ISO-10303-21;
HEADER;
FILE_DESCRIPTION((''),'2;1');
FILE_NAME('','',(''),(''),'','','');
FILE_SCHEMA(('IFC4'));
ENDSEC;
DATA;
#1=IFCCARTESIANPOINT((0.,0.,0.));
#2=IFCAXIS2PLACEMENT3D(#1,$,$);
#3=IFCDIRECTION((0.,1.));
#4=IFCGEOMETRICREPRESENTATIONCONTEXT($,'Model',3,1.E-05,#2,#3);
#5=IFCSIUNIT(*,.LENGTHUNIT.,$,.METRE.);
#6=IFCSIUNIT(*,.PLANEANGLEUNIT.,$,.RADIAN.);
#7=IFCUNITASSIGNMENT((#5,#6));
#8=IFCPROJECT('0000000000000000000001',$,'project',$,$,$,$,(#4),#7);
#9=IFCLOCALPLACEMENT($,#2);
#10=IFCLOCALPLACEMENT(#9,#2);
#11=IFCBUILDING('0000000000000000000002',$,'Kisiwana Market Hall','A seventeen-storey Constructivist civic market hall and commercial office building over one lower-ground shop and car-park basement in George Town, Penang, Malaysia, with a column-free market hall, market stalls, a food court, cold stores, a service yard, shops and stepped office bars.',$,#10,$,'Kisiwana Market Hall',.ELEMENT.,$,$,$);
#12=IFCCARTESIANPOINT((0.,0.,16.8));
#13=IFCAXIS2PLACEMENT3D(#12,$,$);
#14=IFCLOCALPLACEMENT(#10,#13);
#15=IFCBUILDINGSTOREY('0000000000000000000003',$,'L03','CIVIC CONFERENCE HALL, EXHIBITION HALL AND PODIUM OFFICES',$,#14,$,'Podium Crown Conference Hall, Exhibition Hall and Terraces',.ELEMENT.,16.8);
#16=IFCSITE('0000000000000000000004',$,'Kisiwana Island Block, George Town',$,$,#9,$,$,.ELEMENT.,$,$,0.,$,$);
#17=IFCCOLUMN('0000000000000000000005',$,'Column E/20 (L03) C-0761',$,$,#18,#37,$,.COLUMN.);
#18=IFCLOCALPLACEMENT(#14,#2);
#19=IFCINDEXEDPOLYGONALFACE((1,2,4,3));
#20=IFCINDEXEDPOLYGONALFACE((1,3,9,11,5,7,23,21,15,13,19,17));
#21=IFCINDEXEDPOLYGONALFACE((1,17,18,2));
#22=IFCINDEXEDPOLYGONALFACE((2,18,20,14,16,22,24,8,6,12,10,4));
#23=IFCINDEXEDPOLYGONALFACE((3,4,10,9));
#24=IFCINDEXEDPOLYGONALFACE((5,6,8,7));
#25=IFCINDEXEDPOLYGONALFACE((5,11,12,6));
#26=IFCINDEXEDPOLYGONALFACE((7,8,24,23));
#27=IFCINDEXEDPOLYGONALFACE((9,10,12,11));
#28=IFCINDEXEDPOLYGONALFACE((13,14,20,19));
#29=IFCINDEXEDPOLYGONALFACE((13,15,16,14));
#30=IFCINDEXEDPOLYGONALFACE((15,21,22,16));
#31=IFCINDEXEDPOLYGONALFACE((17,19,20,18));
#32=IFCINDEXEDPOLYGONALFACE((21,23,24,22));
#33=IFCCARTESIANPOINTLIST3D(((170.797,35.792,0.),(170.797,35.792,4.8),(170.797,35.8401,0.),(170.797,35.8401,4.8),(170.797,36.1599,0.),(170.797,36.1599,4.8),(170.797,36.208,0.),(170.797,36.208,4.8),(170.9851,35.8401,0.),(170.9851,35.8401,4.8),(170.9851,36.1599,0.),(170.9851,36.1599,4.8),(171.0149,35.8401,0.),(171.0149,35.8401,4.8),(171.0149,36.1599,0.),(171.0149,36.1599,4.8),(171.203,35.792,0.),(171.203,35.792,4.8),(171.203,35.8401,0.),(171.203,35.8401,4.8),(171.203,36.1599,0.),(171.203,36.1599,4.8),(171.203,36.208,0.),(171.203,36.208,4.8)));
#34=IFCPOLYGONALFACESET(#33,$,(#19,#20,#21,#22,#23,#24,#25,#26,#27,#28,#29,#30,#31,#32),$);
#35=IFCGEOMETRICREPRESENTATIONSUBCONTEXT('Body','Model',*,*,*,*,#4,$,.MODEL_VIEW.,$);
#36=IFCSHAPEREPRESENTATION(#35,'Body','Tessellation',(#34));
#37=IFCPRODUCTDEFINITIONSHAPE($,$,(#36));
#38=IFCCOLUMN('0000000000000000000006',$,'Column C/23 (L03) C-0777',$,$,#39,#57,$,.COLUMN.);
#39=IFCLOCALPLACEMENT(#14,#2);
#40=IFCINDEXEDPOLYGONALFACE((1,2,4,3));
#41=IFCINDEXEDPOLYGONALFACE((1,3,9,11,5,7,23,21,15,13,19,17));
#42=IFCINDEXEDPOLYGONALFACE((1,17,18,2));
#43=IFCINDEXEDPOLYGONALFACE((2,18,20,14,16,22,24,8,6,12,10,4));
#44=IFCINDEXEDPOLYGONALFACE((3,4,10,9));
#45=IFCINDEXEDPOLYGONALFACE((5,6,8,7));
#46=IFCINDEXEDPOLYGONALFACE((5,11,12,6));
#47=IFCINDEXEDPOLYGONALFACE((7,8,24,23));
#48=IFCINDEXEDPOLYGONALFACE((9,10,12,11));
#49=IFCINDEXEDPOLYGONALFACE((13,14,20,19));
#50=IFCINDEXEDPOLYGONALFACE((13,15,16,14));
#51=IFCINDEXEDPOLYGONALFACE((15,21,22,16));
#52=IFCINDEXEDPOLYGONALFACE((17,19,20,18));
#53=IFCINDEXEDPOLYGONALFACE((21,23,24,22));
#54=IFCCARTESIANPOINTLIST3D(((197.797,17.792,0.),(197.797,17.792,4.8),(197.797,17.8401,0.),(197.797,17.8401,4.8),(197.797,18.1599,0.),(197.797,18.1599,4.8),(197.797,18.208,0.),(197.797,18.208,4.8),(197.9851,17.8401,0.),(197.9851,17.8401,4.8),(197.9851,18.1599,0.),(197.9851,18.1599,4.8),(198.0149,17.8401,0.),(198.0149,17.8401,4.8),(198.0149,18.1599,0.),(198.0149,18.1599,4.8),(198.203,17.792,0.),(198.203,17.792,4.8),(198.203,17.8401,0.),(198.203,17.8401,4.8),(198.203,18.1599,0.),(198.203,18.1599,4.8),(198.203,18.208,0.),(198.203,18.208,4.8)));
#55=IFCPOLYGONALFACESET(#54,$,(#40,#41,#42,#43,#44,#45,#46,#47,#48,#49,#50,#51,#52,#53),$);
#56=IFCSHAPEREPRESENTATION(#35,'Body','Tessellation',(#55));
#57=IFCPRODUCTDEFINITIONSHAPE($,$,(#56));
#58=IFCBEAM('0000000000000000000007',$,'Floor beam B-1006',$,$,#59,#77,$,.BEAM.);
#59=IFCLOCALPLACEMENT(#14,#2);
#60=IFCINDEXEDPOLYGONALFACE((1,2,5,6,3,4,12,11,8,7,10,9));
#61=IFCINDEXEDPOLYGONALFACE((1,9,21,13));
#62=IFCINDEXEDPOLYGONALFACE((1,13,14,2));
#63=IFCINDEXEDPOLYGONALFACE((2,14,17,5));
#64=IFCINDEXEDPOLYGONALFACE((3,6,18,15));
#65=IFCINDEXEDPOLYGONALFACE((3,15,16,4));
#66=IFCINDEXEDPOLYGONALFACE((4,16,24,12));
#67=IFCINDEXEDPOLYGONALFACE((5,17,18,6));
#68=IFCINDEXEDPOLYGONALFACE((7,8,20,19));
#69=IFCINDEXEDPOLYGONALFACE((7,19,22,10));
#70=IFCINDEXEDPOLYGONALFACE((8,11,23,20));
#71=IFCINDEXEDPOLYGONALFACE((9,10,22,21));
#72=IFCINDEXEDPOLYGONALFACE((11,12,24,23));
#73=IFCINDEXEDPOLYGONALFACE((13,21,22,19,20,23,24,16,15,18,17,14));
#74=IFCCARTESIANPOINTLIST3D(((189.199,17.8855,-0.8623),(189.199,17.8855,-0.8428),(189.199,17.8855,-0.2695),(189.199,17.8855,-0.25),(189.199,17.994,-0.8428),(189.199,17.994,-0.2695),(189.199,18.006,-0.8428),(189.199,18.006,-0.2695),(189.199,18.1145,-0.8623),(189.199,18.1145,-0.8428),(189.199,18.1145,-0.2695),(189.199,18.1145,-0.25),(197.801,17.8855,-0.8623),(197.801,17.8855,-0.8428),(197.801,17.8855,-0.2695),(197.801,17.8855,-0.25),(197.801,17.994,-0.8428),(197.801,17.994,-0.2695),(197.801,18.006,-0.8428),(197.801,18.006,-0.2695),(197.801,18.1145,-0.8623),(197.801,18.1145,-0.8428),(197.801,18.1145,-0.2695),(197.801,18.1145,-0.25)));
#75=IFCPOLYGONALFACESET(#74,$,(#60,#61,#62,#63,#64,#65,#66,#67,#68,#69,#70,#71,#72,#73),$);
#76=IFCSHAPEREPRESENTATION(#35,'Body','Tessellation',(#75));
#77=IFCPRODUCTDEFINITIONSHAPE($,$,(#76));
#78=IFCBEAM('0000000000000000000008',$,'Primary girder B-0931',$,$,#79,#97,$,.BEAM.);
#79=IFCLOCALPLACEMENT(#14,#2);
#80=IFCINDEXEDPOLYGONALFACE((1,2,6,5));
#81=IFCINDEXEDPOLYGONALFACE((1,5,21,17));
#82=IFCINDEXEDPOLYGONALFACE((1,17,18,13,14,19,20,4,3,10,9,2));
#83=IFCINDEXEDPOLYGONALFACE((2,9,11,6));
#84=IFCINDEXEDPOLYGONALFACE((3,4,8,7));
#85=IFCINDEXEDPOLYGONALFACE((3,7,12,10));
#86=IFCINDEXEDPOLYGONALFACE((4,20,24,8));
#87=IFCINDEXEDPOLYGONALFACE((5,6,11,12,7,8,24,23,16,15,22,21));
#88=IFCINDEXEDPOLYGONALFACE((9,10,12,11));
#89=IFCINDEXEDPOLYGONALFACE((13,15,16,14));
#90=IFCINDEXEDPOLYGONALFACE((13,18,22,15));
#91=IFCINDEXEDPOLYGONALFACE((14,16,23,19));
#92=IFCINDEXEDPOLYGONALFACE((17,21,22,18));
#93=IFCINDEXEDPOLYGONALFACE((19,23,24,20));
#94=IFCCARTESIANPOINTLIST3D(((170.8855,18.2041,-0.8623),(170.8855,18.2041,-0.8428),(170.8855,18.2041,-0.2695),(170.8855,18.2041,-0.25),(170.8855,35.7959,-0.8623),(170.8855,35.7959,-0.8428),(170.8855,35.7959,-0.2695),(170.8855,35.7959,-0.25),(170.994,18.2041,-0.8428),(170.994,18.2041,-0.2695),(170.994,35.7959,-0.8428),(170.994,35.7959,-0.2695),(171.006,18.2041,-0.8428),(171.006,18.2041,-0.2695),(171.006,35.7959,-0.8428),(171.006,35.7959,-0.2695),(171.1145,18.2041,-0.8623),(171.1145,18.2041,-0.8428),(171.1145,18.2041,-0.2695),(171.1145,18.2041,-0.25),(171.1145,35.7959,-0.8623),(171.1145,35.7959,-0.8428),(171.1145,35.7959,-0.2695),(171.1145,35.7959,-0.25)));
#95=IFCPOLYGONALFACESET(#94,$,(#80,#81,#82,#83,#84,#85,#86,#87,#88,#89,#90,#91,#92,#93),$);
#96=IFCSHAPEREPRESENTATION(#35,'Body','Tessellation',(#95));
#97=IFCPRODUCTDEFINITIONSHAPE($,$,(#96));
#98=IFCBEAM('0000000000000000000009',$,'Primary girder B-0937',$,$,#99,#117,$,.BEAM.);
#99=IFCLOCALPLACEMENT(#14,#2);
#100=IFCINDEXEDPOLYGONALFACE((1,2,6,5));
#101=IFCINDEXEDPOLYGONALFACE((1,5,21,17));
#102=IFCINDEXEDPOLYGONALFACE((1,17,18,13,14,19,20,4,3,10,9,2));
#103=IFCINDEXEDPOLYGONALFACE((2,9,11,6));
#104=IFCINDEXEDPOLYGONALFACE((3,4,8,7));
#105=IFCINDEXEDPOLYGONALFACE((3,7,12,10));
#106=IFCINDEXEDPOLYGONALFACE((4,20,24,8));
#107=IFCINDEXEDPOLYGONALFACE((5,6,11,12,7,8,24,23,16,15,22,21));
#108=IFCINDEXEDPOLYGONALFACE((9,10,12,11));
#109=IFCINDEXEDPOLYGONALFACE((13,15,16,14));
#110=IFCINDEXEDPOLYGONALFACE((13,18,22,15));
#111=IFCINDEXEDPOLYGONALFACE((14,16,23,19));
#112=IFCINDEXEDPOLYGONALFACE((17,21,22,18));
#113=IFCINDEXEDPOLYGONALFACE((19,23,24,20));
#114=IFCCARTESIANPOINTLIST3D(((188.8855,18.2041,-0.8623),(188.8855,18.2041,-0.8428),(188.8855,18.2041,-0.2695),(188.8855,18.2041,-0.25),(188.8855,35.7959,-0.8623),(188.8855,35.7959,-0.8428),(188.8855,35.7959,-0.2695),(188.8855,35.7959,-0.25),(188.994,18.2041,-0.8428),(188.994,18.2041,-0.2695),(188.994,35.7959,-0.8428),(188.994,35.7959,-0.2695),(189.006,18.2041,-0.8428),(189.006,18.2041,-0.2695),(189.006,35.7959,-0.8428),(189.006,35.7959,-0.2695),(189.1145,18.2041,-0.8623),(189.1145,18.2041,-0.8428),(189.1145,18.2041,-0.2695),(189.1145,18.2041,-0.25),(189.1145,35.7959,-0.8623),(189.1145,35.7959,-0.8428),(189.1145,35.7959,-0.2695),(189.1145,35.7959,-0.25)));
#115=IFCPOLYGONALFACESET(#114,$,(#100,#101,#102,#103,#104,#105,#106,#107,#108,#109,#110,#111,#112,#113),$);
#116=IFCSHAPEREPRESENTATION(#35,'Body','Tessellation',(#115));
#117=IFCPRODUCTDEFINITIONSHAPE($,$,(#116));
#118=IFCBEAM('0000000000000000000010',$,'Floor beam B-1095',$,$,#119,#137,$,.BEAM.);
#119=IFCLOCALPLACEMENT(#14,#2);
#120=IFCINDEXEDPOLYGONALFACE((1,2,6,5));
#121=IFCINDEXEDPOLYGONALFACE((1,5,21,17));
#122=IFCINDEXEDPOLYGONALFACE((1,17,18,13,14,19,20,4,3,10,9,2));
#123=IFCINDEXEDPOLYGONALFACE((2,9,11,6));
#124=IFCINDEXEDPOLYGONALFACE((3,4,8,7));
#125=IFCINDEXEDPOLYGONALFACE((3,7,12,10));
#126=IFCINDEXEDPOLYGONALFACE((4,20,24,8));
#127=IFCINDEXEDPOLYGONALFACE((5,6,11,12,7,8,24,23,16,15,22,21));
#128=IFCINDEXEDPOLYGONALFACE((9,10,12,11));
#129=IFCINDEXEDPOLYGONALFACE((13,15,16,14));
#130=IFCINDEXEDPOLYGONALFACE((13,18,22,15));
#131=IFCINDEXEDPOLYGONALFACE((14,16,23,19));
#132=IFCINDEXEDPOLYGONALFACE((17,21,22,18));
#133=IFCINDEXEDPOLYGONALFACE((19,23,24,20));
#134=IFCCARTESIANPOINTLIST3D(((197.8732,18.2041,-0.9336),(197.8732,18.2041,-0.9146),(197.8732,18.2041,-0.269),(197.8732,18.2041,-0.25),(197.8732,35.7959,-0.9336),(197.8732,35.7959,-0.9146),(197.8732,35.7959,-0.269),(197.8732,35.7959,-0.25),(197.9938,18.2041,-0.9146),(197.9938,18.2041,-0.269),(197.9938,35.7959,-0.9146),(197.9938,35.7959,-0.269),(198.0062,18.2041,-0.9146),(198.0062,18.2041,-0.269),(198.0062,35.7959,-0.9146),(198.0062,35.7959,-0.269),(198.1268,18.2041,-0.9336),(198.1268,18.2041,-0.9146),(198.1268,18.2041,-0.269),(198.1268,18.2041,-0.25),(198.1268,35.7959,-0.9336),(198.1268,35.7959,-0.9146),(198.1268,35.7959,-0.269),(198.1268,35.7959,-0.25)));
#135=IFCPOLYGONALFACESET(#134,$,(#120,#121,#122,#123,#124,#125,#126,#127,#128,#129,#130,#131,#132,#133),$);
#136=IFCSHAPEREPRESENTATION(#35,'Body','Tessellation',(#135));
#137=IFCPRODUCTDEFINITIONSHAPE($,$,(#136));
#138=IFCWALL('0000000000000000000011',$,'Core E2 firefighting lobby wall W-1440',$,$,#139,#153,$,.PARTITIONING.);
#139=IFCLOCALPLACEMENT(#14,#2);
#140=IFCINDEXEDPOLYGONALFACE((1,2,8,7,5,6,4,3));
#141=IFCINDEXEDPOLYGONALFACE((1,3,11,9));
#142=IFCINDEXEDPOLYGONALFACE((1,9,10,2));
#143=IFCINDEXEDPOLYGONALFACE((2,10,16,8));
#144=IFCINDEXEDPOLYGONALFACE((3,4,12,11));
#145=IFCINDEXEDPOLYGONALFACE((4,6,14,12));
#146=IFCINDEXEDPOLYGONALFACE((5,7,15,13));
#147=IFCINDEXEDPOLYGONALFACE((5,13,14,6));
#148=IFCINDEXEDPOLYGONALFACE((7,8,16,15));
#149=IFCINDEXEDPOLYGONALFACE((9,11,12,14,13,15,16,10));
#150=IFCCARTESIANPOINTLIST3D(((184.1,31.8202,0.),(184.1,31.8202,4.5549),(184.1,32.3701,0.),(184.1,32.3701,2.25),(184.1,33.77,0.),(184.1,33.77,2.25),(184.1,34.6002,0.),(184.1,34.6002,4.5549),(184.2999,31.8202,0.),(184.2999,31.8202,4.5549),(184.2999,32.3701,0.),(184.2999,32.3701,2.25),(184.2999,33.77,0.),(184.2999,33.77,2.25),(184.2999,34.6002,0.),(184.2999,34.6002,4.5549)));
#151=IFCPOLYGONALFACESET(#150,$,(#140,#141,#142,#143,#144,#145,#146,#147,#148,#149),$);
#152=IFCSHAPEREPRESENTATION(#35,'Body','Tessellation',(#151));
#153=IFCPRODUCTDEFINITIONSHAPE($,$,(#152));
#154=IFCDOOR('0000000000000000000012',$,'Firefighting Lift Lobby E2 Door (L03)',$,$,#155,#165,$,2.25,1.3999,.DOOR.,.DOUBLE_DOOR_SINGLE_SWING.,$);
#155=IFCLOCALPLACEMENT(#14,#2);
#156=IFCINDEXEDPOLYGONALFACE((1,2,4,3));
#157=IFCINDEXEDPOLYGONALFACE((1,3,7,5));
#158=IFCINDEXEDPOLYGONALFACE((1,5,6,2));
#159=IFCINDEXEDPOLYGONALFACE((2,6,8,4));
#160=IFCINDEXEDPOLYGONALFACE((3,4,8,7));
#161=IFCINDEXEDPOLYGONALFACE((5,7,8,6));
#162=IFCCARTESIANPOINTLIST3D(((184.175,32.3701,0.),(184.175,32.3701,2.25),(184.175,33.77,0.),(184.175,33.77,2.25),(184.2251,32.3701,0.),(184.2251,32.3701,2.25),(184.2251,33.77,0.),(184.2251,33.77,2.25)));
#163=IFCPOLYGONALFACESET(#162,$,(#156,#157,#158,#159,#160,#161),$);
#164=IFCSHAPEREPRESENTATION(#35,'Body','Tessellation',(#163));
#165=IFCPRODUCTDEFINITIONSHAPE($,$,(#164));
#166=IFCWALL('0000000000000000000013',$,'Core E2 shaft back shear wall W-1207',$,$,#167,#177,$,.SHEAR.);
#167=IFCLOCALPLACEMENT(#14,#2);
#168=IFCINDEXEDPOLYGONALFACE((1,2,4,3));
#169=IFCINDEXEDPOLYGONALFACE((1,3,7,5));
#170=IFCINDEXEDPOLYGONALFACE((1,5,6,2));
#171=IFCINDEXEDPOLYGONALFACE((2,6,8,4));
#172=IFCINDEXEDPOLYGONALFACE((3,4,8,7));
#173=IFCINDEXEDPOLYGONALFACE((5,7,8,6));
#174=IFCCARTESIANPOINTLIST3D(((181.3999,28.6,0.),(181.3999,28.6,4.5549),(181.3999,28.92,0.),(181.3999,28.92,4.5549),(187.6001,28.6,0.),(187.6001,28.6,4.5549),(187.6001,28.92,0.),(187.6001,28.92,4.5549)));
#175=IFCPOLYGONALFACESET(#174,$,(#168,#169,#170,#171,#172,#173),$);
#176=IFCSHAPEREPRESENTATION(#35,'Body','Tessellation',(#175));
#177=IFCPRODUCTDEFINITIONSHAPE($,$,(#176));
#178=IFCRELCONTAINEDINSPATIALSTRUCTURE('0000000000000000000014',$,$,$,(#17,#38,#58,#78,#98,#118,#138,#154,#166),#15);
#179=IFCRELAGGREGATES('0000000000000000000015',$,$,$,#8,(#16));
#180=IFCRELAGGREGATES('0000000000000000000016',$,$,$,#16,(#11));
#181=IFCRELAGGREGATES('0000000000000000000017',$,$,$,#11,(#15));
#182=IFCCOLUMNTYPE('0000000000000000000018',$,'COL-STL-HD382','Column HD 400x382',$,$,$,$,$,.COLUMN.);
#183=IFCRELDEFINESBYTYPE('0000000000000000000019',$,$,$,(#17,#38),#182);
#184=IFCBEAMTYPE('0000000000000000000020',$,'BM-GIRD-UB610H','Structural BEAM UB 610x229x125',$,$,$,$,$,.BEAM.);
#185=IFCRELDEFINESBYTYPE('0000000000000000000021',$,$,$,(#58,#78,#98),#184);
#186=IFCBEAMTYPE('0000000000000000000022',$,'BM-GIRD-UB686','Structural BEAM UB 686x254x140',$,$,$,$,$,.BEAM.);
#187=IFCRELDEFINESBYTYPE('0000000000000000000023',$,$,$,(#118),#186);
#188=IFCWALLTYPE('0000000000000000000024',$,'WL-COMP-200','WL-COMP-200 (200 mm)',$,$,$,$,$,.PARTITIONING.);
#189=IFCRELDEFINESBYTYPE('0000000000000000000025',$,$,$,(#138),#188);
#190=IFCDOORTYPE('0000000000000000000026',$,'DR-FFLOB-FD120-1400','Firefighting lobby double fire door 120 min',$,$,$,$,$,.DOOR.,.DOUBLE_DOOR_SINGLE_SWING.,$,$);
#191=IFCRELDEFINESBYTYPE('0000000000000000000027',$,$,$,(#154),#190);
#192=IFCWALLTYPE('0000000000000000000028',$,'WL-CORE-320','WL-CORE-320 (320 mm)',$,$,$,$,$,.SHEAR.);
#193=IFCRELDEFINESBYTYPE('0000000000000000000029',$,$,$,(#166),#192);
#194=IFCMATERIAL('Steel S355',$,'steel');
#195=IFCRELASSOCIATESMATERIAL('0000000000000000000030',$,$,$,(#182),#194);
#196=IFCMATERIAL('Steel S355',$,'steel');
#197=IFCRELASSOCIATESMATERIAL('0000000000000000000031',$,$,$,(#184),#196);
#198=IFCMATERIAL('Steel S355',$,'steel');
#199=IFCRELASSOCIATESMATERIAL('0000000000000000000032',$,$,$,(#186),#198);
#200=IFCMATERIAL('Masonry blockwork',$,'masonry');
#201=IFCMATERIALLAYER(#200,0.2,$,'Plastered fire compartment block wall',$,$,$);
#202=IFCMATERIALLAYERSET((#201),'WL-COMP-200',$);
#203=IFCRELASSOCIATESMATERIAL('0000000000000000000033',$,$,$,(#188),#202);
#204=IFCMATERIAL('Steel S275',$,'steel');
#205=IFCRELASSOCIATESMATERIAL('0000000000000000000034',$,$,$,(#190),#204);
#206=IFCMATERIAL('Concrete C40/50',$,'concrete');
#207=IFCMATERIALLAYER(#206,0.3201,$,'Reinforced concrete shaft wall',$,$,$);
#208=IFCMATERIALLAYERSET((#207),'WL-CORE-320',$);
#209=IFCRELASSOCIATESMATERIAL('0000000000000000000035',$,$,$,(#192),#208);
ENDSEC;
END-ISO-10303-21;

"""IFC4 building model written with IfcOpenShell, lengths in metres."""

from ifc_helpers import new_model, si_unit, direction, frame, frame_2d, origin, origin_2d, place, context, subcontext, project, spatial, rectangle, i_section, extrude, material, layer, layer_set, material_profile, profile_set, type_object, element, fill, save


model = new_model("IFC4")

# Units and contexts
model_context = context("Model", 3, precision=1e-05, world=origin(), true_north=direction((0.0, 1.0)))
body_context = subcontext(model_context, "Body", "Model", "MODEL_VIEW")
ifc_project = project(units=[si_unit("LENGTHUNIT", "METRE"), si_unit("PLANEANGLEUNIT", "RADIAN")], contexts=[model_context])

# Site, building, storey
site_placement = place(None, origin())
site = spatial("IfcSite", under=ifc_project, at=site_placement, Name="Kisiwana Island Block, George Town", CompositionType="ELEMENT", RefElevation=0.0)
building_placement = place(site_placement, origin())
building = spatial("IfcBuilding", under=site, at=building_placement, Name="Kisiwana Market Hall", Description="A seventeen-storey Constructivist civic market hall and commercial office building over one lower-ground shop and car-park basement in George Town, Penang, Malaysia, with a column-free market hall, market stalls, a food court, cold stores, a service yard, shops and stepped office bars.", LongName="Kisiwana Market Hall", CompositionType="ELEMENT")
storey_placement = place(building_placement, frame((0.0, 0.0, 16.8)))
storey = spatial("IfcBuildingStorey", under=building, at=storey_placement, Name="L03", Description="CIVIC CONFERENCE HALL, EXHIBITION HALL AND PODIUM OFFICES", LongName="Podium Crown Conference Hall, Exhibition Hall and Terraces", CompositionType="ELEMENT", Elevation=16.8)

# Columns
ifc_material_1 = material(Name="Steel S355", Category="steel")
ifc_material_profile_1 = material_profile(ifc_material_1, i_section(OverallWidth=0.406, OverallDepth=0.416, WebThickness=0.0298, FlangeThickness=0.0481, at=origin_2d()), Name="HD 400x382")
ifc_profile_set_1 = profile_set([ifc_material_profile_1], Name="Steel S355")
column_type = type_object("IfcColumnType", Name="COL-STL-HD382", Description="Column HD 400x382", PredefinedType="COLUMN", material=ifc_profile_set_1)
for number, where, z_axis, x_axis, name in (
    (1, (171.0, 36.0, 0.0), (0.0, 0.0, 1.0), (1.0, 0.0, 0.0), "Column E/20 (L03) C-0761"),
    (2, (198.0, 18.0, 0.0), (0.0, 0.0, 1.0), (1.0, 0.0, 0.0), "Column C/23 (L03) C-0777"),
):
    element("IfcColumn", number, at=place(storey_placement, frame(where, z_axis=z_axis, x_axis=x_axis)), inside=storey, type_object=column_type, Name=name, PredefinedType="COLUMN", context=body_context, shape_type="SweptSolid", body=[
        extrude(i_section(OverallWidth=0.406, OverallDepth=0.416, WebThickness=0.0298, FlangeThickness=0.0481, at=origin_2d()), origin(), (0.0, 0.0, 1.0), 4.8),
    ])

# Beams
ifc_material_2 = material(Name="Steel S355", Category="steel")
ifc_material_profile_2 = material_profile(ifc_material_2, i_section(OverallWidth=0.229, OverallDepth=0.6123, WebThickness=0.012, FlangeThickness=0.0195, at=origin_2d()), Name="UB 610x229x125")
ifc_profile_set_2 = profile_set([ifc_material_profile_2], Name="Steel S355")
beam_type_1 = type_object("IfcBeamType", Name="BM-GIRD-UB610H", Description="Structural BEAM UB 610x229x125", PredefinedType="BEAM", material=ifc_profile_set_2)
beam_1_placement = place(storey_placement, frame((189.199, 18.0, -0.5562), z_axis=(1.0, 0.0, 0.0), x_axis=(0.0, 1.0, 0.0)))
element("IfcBeam", 3, at=beam_1_placement, inside=storey, type_object=beam_type_1, Name="Floor beam B-1006", PredefinedType="BEAM", context=body_context, shape_type="SweptSolid", body=[
    extrude(i_section(OverallWidth=0.229, OverallDepth=0.6123, WebThickness=0.012, FlangeThickness=0.0195, at=origin_2d()), origin(), (0.0, 0.0, 1.0), 8.6021),
])
for number, where, z_axis, x_axis, name in (
    (4, (171.0, 18.2041, -0.5562), (0.0, 1.0, 0.0), (-1.0, 0.0, 0.0), "Primary girder B-0931"),
    (5, (189.0, 18.2041, -0.5562), (0.0, 1.0, 0.0), (-1.0, 0.0, 0.0), "Primary girder B-0937"),
):
    element("IfcBeam", number, at=place(storey_placement, frame(where, z_axis=z_axis, x_axis=x_axis)), inside=storey, type_object=beam_type_1, Name=name, PredefinedType="BEAM", context=body_context, shape_type="SweptSolid", body=[
        extrude(i_section(OverallWidth=0.229, OverallDepth=0.6123, WebThickness=0.012, FlangeThickness=0.0195, at=origin_2d()), origin(), (0.0, 0.0, 1.0), 17.5918),
    ])
ifc_material_3 = material(Name="Steel S355", Category="steel")
ifc_material_profile_3 = material_profile(ifc_material_3, i_section(OverallWidth=0.2537, OverallDepth=0.6836, WebThickness=0.0125, FlangeThickness=0.019, at=origin_2d()), Name="UB 686x254x140")
ifc_profile_set_3 = profile_set([ifc_material_profile_3], Name="Steel S355")
beam_type_2 = type_object("IfcBeamType", Name="BM-GIRD-UB686", Description="Structural BEAM UB 686x254x140", PredefinedType="BEAM", material=ifc_profile_set_3)
beam_2_placement = place(storey_placement, frame((198.0, 18.2041, -0.5918), z_axis=(0.0, 1.0, 0.0), x_axis=(-1.0, 0.0, 0.0)))
element("IfcBeam", 6, at=beam_2_placement, inside=storey, type_object=beam_type_2, Name="Floor beam B-1095", PredefinedType="BEAM", context=body_context, shape_type="SweptSolid", body=[
    extrude(i_section(OverallWidth=0.2537, OverallDepth=0.6836, WebThickness=0.0125, FlangeThickness=0.019, at=origin_2d()), origin(), (0.0, 0.0, 1.0), 17.5918),
])

# Wall, opening, door
ifc_material_4 = material(Name="Masonry blockwork", Category="masonry")
ifc_layer_1 = layer(ifc_material_4, 0.2, Name="Plastered fire compartment block wall")
ifc_layer_set_1 = layer_set([ifc_layer_1], Name="WL-COMP-200")
wall_type_1 = type_object("IfcWallType", Name="WL-COMP-200", Description="WL-COMP-200 (200 mm)", PredefinedType="PARTITIONING", material=ifc_layer_set_1)
wall_1_placement = place(storey_placement, frame((184.2, 31.8201, 0.0), z_axis=(0.0, 0.0, 1.0), x_axis=(0.0, 1.0, 0.0)))
wall_1 = element("IfcWall", 7, at=wall_1_placement, inside=storey, type_object=wall_type_1, Name="Core E2 firefighting lobby wall W-1440", PredefinedType="PARTITIONING", context=body_context, shape_type="SweptSolid", body=[
    extrude(rectangle(XDim=2.78, YDim=0.2, at=frame_2d((1.3901, 0.0))), origin(), (0.0, 0.0, 1.0), 4.5549),
])
opening_1_placement = place(wall_1_placement, frame((0.55, 0.0, 0.0)))
opening_1 = element("IfcOpeningElement", 8, at=opening_1_placement, cuts=wall_1, PredefinedType="OPENING", context=body_context, shape_type="SweptSolid", body=[
    extrude(rectangle(XDim=1.3999, YDim=2.25, at=frame_2d((0.7, 1.125))), frame((0.0, 0.1118, 0.0), z_axis=(0.0, -1.0, 0.0), x_axis=(1.0, 0.0, 0.0)), (0.0, 0.0, 1.0), 0.2239),
])
ifc_material_5 = material(Name="Steel S275", Category="steel")
door_type_1 = type_object("IfcDoorType", Name="DR-FFLOB-FD120-1400", Description="Firefighting lobby double fire door 120 min", OperationType="DOUBLE_DOOR_SINGLE_SWING", PredefinedType="DOOR", material=ifc_material_5)
door_1_placement = place(opening_1_placement, origin())
door_1 = element("IfcDoor", 9, at=door_1_placement, inside=storey, type_object=door_type_1, Name="Firefighting Lift Lobby E2 Door (L03)", OperationType="DOUBLE_DOOR_SINGLE_SWING", OverallHeight=2.25, OverallWidth=1.3999, PredefinedType="DOOR", context=body_context, shape_type="SweptSolid", body=[
    extrude(rectangle(XDim=1.3999, YDim=2.25, at=frame_2d((0.7, 1.125))), frame((0.0, 0.0249, 0.0), z_axis=(0.0, -1.0, 0.0), x_axis=(1.0, 0.0, 0.0)), (0.0, 0.0, 1.0), 0.05),
])
fill(opening_1, door_1)

# Wall
ifc_material_6 = material(Name="Concrete C40/50", Category="concrete")
ifc_layer_2 = layer(ifc_material_6, 0.3201, Name="Reinforced concrete shaft wall")
ifc_layer_set_2 = layer_set([ifc_layer_2], Name="WL-CORE-320")
wall_type_2 = type_object("IfcWallType", Name="WL-CORE-320", Description="WL-CORE-320 (320 mm)", PredefinedType="SHEAR", material=ifc_layer_set_2)
wall_2_placement = place(storey_placement, frame((181.3999, 28.76, 0.0), z_axis=(0.0, 0.0, 1.0), x_axis=(1.0, 0.0, 0.0)))
element("IfcWall", 10, at=wall_2_placement, inside=storey, type_object=wall_type_2, Name="Core E2 shaft back shear wall W-1207", PredefinedType="SHEAR", context=body_context, shape_type="SweptSolid", body=[
    extrude(rectangle(XDim=6.2002, YDim=0.3201, at=frame_2d((3.1001, 0.0))), origin(), (0.0, 0.0, 1.0), 4.5549),
])

save(model, "model.ifc")
